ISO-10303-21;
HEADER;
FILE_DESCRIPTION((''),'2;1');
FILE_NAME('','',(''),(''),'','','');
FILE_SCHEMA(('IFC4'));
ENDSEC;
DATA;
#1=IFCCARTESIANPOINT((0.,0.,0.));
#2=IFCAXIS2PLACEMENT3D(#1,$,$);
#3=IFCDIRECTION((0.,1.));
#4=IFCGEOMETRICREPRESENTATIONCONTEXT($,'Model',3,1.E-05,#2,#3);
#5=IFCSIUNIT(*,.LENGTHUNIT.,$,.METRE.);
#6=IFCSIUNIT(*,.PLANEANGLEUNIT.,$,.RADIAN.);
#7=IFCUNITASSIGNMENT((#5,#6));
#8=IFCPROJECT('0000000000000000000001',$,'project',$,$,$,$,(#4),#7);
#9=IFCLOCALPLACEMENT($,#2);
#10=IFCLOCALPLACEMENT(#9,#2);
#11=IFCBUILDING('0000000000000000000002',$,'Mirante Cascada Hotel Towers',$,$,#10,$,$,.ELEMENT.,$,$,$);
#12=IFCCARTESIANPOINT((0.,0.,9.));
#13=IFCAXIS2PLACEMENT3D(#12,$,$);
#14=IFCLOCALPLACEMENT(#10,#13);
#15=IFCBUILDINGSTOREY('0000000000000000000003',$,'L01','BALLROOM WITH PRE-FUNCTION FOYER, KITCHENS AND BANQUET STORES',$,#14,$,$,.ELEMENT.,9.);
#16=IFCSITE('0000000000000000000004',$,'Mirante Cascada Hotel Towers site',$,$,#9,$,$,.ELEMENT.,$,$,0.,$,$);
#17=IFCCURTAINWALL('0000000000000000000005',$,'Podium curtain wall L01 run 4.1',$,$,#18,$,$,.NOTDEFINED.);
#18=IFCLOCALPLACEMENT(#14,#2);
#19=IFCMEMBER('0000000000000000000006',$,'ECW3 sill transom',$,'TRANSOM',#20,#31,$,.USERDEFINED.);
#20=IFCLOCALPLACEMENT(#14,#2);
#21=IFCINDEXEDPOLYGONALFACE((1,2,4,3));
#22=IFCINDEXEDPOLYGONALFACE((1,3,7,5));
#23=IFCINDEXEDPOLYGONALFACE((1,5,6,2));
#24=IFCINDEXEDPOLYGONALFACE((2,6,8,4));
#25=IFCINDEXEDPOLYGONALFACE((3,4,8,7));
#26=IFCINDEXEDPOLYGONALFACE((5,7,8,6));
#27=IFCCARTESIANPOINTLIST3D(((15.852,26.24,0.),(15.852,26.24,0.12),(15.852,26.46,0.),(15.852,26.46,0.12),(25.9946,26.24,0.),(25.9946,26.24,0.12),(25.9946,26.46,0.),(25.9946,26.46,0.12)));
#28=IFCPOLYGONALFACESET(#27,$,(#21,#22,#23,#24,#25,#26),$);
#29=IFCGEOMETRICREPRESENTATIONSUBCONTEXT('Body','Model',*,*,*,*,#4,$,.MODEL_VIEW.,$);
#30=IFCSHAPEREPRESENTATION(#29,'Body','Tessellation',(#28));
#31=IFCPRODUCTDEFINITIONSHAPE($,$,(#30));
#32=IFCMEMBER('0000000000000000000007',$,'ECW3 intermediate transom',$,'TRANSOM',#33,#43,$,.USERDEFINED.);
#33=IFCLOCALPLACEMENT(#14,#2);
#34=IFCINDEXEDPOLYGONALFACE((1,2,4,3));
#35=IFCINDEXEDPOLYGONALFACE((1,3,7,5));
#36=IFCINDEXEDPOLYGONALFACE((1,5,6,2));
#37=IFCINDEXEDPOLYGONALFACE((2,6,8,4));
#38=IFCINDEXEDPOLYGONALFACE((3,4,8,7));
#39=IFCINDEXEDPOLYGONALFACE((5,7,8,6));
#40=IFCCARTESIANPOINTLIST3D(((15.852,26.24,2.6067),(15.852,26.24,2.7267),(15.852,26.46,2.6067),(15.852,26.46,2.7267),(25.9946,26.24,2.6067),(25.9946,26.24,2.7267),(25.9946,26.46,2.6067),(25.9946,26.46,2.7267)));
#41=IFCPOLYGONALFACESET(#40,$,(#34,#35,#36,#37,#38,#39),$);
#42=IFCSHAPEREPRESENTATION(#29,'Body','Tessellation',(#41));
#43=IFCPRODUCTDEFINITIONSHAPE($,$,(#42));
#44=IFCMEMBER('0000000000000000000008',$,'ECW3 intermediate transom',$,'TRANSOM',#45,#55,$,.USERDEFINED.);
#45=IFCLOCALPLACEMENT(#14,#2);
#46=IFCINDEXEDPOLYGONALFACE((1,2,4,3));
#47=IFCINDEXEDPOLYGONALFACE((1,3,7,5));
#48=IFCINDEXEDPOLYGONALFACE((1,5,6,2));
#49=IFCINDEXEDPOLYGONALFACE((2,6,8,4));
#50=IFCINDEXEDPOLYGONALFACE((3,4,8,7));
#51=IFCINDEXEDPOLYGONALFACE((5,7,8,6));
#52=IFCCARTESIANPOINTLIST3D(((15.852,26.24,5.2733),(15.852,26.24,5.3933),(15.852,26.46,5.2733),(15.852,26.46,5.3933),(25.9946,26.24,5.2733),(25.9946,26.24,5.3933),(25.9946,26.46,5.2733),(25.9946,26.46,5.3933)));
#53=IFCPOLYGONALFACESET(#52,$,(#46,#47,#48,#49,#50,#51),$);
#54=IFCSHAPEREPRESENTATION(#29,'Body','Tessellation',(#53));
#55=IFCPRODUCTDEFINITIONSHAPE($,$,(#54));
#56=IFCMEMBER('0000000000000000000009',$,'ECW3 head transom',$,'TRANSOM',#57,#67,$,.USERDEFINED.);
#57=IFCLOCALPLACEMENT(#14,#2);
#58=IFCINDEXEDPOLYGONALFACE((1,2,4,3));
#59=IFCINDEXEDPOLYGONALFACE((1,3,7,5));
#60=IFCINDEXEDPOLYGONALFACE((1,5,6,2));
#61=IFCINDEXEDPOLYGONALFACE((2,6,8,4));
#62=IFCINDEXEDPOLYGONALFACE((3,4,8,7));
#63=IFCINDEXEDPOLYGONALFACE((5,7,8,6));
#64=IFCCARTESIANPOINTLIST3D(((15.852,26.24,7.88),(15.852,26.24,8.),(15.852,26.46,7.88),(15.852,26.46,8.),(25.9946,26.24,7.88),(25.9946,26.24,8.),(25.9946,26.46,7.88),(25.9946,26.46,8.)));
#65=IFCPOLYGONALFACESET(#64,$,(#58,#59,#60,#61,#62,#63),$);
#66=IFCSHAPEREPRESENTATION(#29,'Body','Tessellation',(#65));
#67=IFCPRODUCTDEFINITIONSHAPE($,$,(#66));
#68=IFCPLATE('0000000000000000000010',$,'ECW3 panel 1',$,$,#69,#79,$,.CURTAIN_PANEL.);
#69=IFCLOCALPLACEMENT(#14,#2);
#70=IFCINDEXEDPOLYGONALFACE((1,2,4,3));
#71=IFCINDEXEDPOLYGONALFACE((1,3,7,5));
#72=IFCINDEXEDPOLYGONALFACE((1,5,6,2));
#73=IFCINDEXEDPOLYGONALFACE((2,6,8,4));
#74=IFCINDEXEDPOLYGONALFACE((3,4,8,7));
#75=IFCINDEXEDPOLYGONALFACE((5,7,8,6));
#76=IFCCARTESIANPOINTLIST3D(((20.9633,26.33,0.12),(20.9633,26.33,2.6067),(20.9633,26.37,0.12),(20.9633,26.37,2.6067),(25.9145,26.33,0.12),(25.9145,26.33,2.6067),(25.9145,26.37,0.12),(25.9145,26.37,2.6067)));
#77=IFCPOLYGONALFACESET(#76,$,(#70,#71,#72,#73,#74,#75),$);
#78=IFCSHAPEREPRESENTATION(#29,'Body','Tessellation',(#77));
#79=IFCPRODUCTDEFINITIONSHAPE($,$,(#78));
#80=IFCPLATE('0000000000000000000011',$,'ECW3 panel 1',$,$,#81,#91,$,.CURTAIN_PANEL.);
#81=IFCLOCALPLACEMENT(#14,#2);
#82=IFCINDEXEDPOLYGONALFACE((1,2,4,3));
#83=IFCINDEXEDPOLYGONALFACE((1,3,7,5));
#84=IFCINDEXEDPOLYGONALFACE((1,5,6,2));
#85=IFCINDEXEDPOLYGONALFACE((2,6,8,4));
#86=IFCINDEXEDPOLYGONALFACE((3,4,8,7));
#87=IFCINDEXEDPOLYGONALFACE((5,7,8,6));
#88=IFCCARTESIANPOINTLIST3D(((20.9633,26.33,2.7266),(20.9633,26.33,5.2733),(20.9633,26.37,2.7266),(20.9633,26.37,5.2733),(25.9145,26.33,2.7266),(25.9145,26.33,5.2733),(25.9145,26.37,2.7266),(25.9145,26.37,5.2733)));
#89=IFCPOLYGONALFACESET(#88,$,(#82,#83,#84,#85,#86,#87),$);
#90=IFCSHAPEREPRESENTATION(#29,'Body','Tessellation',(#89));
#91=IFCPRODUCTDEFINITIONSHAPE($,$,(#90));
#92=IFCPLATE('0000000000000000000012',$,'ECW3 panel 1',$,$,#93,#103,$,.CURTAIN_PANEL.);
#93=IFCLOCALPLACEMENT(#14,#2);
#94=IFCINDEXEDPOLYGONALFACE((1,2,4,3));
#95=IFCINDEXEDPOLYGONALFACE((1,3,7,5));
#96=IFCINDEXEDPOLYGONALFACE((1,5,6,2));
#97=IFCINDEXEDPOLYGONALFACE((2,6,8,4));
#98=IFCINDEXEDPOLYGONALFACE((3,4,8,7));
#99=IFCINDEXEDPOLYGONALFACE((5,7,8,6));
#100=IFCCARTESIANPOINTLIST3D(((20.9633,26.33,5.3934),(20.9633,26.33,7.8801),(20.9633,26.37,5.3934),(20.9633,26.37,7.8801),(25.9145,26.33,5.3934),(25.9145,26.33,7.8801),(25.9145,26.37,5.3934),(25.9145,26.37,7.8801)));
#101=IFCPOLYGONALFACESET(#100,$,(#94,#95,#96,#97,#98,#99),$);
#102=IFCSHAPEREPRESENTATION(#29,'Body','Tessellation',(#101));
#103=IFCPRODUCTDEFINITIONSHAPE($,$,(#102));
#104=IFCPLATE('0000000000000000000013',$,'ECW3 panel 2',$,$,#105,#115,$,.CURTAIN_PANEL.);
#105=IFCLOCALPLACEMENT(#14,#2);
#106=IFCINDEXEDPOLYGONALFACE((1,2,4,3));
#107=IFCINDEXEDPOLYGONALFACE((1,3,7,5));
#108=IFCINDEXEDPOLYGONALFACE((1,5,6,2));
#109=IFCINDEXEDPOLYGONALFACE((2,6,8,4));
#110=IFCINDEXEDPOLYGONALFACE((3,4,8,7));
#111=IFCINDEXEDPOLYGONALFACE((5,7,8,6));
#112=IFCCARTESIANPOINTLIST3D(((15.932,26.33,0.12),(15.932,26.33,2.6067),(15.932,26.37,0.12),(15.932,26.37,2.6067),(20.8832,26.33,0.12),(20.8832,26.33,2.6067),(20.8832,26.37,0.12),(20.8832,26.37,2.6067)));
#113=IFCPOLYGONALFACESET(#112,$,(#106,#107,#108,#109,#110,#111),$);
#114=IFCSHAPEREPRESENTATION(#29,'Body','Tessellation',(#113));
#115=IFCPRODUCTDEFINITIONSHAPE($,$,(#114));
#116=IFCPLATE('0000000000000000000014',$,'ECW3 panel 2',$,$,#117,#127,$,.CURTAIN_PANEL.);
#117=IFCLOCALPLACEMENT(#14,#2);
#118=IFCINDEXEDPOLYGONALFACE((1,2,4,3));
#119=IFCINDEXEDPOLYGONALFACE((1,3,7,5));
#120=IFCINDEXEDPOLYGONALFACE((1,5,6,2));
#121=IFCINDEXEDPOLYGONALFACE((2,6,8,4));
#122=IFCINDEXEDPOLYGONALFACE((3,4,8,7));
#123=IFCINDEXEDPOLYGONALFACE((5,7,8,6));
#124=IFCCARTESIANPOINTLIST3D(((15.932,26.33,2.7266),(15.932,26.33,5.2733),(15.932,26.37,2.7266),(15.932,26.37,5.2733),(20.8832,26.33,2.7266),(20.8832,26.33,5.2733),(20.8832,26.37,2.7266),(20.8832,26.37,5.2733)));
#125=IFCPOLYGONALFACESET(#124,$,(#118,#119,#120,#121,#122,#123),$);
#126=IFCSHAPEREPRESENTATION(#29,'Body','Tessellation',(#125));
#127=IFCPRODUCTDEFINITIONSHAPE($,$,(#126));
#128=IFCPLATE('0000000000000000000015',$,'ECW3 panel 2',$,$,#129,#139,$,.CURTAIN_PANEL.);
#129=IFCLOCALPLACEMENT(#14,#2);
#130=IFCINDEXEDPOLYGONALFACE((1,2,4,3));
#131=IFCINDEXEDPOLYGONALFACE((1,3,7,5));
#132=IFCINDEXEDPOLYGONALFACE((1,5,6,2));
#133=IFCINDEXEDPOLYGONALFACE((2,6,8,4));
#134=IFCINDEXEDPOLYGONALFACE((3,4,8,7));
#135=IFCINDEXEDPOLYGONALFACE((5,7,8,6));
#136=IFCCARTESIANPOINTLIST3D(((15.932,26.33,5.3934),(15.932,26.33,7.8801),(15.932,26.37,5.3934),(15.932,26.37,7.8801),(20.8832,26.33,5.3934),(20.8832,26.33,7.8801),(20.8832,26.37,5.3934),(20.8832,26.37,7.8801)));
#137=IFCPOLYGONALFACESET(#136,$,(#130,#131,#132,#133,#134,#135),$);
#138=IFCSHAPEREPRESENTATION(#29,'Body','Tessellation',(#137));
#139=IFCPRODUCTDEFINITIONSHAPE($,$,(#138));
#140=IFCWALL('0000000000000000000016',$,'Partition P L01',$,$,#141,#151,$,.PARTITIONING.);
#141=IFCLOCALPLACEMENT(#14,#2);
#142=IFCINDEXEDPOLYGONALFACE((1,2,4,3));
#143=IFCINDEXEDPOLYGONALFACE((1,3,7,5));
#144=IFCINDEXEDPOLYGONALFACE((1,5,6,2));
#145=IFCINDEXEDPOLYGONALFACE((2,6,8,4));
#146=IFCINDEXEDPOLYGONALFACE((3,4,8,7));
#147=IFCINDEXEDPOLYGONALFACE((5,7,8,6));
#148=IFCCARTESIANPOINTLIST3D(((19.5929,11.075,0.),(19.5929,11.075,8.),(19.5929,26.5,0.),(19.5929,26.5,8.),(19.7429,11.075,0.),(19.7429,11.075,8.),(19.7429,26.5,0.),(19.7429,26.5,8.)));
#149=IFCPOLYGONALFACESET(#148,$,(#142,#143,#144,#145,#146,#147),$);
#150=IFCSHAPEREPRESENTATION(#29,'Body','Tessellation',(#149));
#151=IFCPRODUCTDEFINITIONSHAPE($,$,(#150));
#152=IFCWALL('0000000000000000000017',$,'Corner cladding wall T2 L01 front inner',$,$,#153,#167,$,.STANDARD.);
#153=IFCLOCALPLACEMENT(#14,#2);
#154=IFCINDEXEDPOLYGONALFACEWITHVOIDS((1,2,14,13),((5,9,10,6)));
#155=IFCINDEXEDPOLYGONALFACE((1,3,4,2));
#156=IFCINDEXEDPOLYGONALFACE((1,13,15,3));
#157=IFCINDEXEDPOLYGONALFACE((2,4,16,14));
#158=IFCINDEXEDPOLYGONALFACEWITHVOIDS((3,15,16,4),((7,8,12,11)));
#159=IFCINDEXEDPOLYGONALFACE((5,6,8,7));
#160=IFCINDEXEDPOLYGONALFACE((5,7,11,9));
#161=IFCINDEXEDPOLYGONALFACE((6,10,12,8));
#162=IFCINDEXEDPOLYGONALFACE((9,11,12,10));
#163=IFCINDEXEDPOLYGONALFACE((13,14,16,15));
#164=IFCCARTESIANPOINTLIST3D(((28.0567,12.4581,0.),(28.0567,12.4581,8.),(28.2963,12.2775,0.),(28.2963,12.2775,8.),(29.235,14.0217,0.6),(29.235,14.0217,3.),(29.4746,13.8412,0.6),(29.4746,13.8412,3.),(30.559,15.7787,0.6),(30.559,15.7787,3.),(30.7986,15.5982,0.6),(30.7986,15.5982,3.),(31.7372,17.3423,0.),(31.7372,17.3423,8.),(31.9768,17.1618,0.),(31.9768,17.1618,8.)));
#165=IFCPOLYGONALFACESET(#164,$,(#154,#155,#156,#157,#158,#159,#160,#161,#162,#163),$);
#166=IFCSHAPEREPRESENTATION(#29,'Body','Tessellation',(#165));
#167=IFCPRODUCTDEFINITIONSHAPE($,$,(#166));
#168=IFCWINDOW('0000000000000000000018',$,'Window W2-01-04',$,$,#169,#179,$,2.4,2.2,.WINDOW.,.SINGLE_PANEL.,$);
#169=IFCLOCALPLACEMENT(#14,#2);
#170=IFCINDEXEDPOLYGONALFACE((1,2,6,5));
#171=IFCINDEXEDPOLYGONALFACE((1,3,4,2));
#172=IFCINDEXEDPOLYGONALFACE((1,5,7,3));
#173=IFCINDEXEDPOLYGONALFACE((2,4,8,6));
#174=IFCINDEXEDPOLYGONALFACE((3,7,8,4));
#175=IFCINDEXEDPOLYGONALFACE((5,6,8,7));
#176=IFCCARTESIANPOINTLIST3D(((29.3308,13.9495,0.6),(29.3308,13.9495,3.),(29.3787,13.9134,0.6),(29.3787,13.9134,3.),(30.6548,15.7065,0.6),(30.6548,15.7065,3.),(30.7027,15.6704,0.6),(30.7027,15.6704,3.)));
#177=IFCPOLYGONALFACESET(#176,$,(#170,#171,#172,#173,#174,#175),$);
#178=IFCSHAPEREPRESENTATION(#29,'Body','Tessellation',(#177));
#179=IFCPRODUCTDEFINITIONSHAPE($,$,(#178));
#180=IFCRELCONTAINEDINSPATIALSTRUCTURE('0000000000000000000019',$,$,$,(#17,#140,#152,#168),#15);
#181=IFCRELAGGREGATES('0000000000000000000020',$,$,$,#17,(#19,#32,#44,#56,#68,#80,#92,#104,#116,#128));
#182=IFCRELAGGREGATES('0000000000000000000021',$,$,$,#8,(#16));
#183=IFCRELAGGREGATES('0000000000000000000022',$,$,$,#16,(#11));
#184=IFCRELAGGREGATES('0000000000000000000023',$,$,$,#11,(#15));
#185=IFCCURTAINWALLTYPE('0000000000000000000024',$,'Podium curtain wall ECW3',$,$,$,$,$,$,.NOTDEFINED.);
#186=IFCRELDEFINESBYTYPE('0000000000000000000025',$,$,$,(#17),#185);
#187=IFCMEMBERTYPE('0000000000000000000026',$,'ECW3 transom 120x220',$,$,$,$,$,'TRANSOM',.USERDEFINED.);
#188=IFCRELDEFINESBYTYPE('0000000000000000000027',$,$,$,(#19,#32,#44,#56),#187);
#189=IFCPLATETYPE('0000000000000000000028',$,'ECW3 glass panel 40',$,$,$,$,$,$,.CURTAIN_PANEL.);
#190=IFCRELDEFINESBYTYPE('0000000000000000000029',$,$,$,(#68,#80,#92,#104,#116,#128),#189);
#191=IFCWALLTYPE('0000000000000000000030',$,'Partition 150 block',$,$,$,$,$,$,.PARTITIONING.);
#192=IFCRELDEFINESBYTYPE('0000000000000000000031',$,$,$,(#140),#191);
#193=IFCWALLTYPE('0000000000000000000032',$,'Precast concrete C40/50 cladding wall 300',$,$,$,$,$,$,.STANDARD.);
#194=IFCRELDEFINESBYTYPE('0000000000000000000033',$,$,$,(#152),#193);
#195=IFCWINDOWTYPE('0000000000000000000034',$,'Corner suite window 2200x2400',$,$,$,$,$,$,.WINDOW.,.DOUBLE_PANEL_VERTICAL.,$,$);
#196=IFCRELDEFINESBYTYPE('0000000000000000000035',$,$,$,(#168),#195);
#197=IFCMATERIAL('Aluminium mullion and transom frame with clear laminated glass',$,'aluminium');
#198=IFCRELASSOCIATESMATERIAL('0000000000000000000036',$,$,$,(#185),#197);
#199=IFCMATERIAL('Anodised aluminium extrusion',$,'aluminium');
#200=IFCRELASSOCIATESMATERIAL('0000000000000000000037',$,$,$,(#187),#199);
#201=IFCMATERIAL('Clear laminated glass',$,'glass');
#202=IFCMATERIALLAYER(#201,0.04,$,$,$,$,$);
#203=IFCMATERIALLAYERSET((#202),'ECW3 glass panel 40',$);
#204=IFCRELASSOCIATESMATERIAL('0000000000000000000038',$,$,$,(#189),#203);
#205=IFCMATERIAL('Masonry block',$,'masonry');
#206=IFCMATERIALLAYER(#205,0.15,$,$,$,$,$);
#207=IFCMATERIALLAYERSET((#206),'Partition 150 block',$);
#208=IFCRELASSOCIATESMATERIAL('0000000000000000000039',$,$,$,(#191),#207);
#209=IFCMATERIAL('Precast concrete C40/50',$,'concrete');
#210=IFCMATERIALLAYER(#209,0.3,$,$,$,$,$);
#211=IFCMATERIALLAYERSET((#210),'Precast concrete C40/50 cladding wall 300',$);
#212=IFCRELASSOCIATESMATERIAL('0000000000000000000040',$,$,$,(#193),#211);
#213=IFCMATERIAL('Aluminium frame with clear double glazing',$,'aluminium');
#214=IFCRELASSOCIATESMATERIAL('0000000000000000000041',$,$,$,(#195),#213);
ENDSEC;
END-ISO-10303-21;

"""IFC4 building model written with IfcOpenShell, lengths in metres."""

from ifc_helpers import new_model, si_unit, direction, frame, frame_2d, origin, origin_2d, place, context, subcontext, project, spatial, rectangle, extrude, material, layer, layer_set, material_profile, profile_set, type_object, element, fill, aggregate, save


model = new_model("IFC4")

# Units and contexts
model_context = context("Model", 3, precision=1e-05, world=origin(), true_north=direction((0.0, 1.0)))
body_context = subcontext(model_context, "Body", "Model", "MODEL_VIEW")
ifc_project = project(units=[si_unit("LENGTHUNIT", "METRE"), si_unit("PLANEANGLEUNIT", "RADIAN")], contexts=[model_context])

# Site, building, storey
site_placement = place(None, origin())
site = spatial("IfcSite", under=ifc_project, at=site_placement, Name="Mirante Cascada Hotel Towers site", CompositionType="ELEMENT", RefElevation=0.0)
building_placement = place(site_placement, origin())
building = spatial("IfcBuilding", under=site, at=building_placement, Name="Mirante Cascada Hotel Towers", CompositionType="ELEMENT")
storey_placement = place(building_placement, frame((0.0, 0.0, 9.0)))
storey = spatial("IfcBuildingStorey", under=building, at=storey_placement, Name="L01", Description="BALLROOM WITH PRE-FUNCTION FOYER, KITCHENS AND BANQUET STORES", CompositionType="ELEMENT", Elevation=9.0)

# Shared definitions
ifc_material_1 = material(Name="Aluminium mullion and transom frame with clear laminated glass", Category="aluminium")
curtain_wall_type = type_object("IfcCurtainWallType", Name="Podium curtain wall ECW3", PredefinedType="NOTDEFINED", material=ifc_material_1)

# Curtain wall, members, plates
curtain_wall_1_placement = place(storey_placement, origin())
curtain_wall_1 = element("IfcCurtainWall", 1, at=curtain_wall_1_placement, inside=storey, type_object=curtain_wall_type, Name="Podium curtain wall L01 run 4.1", PredefinedType="NOTDEFINED")
ifc_material_2 = material(Name="Anodised aluminium extrusion", Category="aluminium")
ifc_material_profile_1 = material_profile(ifc_material_2, rectangle(XDim=0.22, YDim=0.12, at=origin_2d()), Name="ECW3 TRANSOM 120x220")
ifc_profile_set_1 = profile_set([ifc_material_profile_1], Name="Anodised aluminium extrusion")
member_type_1 = type_object("IfcMemberType", Name="ECW3 transom 120x220", ElementType="TRANSOM", PredefinedType="USERDEFINED", material=ifc_profile_set_1)
member_1_placement = place(storey_placement, frame((25.9946, 26.35, 0.06), z_axis=(-1.0, 0.0, 0.0), x_axis=(0.0, -1.0, 0.0)))
member_1 = element("IfcMember", 2, at=member_1_placement, type_object=member_type_1, Name="ECW3 sill transom", ObjectType="TRANSOM", PredefinedType="USERDEFINED", context=body_context, shape_type="SweptSolid", body=[
    extrude(rectangle(XDim=0.22, YDim=0.12, at=origin_2d()), origin(), (0.0, 0.0, 1.0), 10.1426),
])
member_2_placement = place(storey_placement, frame((25.9946, 26.35, 2.6667), z_axis=(-1.0, 0.0, 0.0), x_axis=(0.0, -1.0, 0.0)))
member_2 = element("IfcMember", 3, at=member_2_placement, type_object=member_type_1, Name="ECW3 intermediate transom", ObjectType="TRANSOM", PredefinedType="USERDEFINED", context=body_context, shape_type="SweptSolid", body=[
    extrude(rectangle(XDim=0.22, YDim=0.12, at=origin_2d()), origin(), (0.0, 0.0, 1.0), 10.1426),
])
member_3_placement = place(storey_placement, frame((25.9946, 26.35, 5.3333), z_axis=(-1.0, 0.0, 0.0), x_axis=(0.0, -1.0, 0.0)))
member_3 = element("IfcMember", 4, at=member_3_placement, type_object=member_type_1, Name="ECW3 intermediate transom", ObjectType="TRANSOM", PredefinedType="USERDEFINED", context=body_context, shape_type="SweptSolid", body=[
    extrude(rectangle(XDim=0.22, YDim=0.12, at=origin_2d()), origin(), (0.0, 0.0, 1.0), 10.1426),
])
member_4_placement = place(storey_placement, frame((25.9946, 26.35, 7.94), z_axis=(-1.0, 0.0, 0.0), x_axis=(0.0, -1.0, 0.0)))
member_4 = element("IfcMember", 5, at=member_4_placement, type_object=member_type_1, Name="ECW3 head transom", ObjectType="TRANSOM", PredefinedType="USERDEFINED", context=body_context, shape_type="SweptSolid", body=[
    extrude(rectangle(XDim=0.22, YDim=0.12, at=origin_2d()), origin(), (0.0, 0.0, 1.0), 10.1426),
])
ifc_material_3 = material(Name="Clear laminated glass", Category="glass")
ifc_layer_1 = layer(ifc_material_3, 0.04)
ifc_layer_set_1 = layer_set([ifc_layer_1], Name="ECW3 glass panel 40")
plate_type = type_object("IfcPlateType", Name="ECW3 glass panel 40", PredefinedType="CURTAIN_PANEL", material=ifc_layer_set_1)
plate_1_placement = place(storey_placement, frame((23.4389, 26.35, 0.12), z_axis=(0.0, 0.0, 1.0), x_axis=(-1.0, 0.0, 0.0)))
plate_1 = element("IfcPlate", 6, at=plate_1_placement, type_object=plate_type, Name="ECW3 panel 1", PredefinedType="CURTAIN_PANEL", context=body_context, shape_type="SweptSolid", body=[
    extrude(rectangle(XDim=4.9513, YDim=0.04, at=origin_2d()), origin(), (0.0, 0.0, 1.0), 2.4867),
])
plate_2_placement = place(storey_placement, frame((23.4389, 26.35, 2.7266), z_axis=(0.0, 0.0, 1.0), x_axis=(-1.0, 0.0, 0.0)))
plate_2 = element("IfcPlate", 7, at=plate_2_placement, type_object=plate_type, Name="ECW3 panel 1", PredefinedType="CURTAIN_PANEL", context=body_context, shape_type="SweptSolid", body=[
    extrude(rectangle(XDim=4.9513, YDim=0.04, at=origin_2d()), origin(), (0.0, 0.0, 1.0), 2.5467),
])
plate_3_placement = place(storey_placement, frame((23.4389, 26.35, 5.3934), z_axis=(0.0, 0.0, 1.0), x_axis=(-1.0, 0.0, 0.0)))
plate_3 = element("IfcPlate", 8, at=plate_3_placement, type_object=plate_type, Name="ECW3 panel 1", PredefinedType="CURTAIN_PANEL", context=body_context, shape_type="SweptSolid", body=[
    extrude(rectangle(XDim=4.9513, YDim=0.04, at=origin_2d()), origin(), (0.0, 0.0, 1.0), 2.4867),
])
plate_4_placement = place(storey_placement, frame((18.4076, 26.35, 0.12), z_axis=(0.0, 0.0, 1.0), x_axis=(-1.0, 0.0, 0.0)))
plate_4 = element("IfcPlate", 9, at=plate_4_placement, type_object=plate_type, Name="ECW3 panel 2", PredefinedType="CURTAIN_PANEL", context=body_context, shape_type="SweptSolid", body=[
    extrude(rectangle(XDim=4.9513, YDim=0.04, at=origin_2d()), origin(), (0.0, 0.0, 1.0), 2.4867),
])
plate_5_placement = place(storey_placement, frame((18.4076, 26.35, 2.7266), z_axis=(0.0, 0.0, 1.0), x_axis=(-1.0, 0.0, 0.0)))
plate_5 = element("IfcPlate", 10, at=plate_5_placement, type_object=plate_type, Name="ECW3 panel 2", PredefinedType="CURTAIN_PANEL", context=body_context, shape_type="SweptSolid", body=[
    extrude(rectangle(XDim=4.9513, YDim=0.04, at=origin_2d()), origin(), (0.0, 0.0, 1.0), 2.5467),
])
plate_6_placement = place(storey_placement, frame((18.4076, 26.35, 5.3934), z_axis=(0.0, 0.0, 1.0), x_axis=(-1.0, 0.0, 0.0)))
plate_6 = element("IfcPlate", 11, at=plate_6_placement, type_object=plate_type, Name="ECW3 panel 2", PredefinedType="CURTAIN_PANEL", context=body_context, shape_type="SweptSolid", body=[
    extrude(rectangle(XDim=4.9513, YDim=0.04, at=origin_2d()), origin(), (0.0, 0.0, 1.0), 2.4867),
])
aggregate(curtain_wall_1, [member_1, member_2, member_3, member_4, plate_1, plate_2, plate_3, plate_4, plate_5, plate_6])

# Wall
ifc_material_4 = material(Name="Masonry block", Category="masonry")
ifc_layer_2 = layer(ifc_material_4, 0.15)
ifc_layer_set_2 = layer_set([ifc_layer_2], Name="Partition 150 block")
wall_type_1 = type_object("IfcWallType", Name="Partition 150 block", PredefinedType="PARTITIONING", material=ifc_layer_set_2)
wall_1_placement = place(storey_placement, frame((19.6679, 11.075, 0.0), z_axis=(0.0, 0.0, 1.0), x_axis=(0.0, 1.0, 0.0)))
element("IfcWall", 12, at=wall_1_placement, inside=storey, type_object=wall_type_1, Name="Partition P L01", PredefinedType="PARTITIONING", context=body_context, shape_type="SweptSolid", body=[
    extrude(rectangle(XDim=15.425, YDim=0.15, at=frame_2d((7.7125, 0.0))), origin(), (0.0, 0.0, 1.0), 8.0),
])

# Wall, opening, window
ifc_material_5 = material(Name="Precast concrete C40/50", Category="concrete")
ifc_layer_3 = layer(ifc_material_5, 0.3)
ifc_layer_set_3 = layer_set([ifc_layer_3], Name="Precast concrete C40/50 cladding wall 300")
wall_type_2 = type_object("IfcWallType", Name="Precast concrete C40/50 cladding wall 300", PredefinedType="STANDARD", material=ifc_layer_set_3)
wall_2_placement = place(storey_placement, frame((31.857, 17.252, 0.0), z_axis=(0.0, 0.0, 1.0), x_axis=(-0.601814, -0.798636, 0.0)))
wall_2 = element("IfcWall", 13, at=wall_2_placement, inside=storey, type_object=wall_type_2, Name="Corner cladding wall T2 L01 front inner", PredefinedType="STANDARD", context=body_context, shape_type="SweptSolid", body=[
    extrude(rectangle(XDim=6.1157, YDim=0.3, at=frame_2d((3.0578, 0.0))), origin(), (0.0, 0.0, 1.0), 8.0),
])
opening_1_placement = place(wall_2_placement, frame((1.9578, 0.0, 0.6)))
opening_1 = element("IfcOpeningElement", 14, at=opening_1_placement, cuts=wall_2, PredefinedType="OPENING", context=body_context, shape_type="SweptSolid", body=[
    extrude(rectangle(XDim=2.2, YDim=2.4, at=frame_2d((1.1, 1.2))), frame((0.0, 0.15, 0.0), z_axis=(0.0, -1.0, 0.0), x_axis=(1.0, 0.0, 0.0)), (0.0, 0.0, 1.0), 0.3),
])
ifc_material_6 = material(Name="Aluminium frame with clear double glazing", Category="aluminium")
window_type_1 = type_object("IfcWindowType", Name="Corner suite window 2200x2400", PartitioningType="DOUBLE_PANEL_VERTICAL", PredefinedType="WINDOW", material=ifc_material_6)
window_1_placement = place(opening_1_placement, origin())
window_1 = element("IfcWindow", 15, at=window_1_placement, inside=storey, type_object=window_type_1, Name="Window W2-01-04", OverallHeight=2.4, OverallWidth=2.2, PartitioningType="SINGLE_PANEL", PredefinedType="WINDOW", context=body_context, shape_type="SweptSolid", body=[
    extrude(rectangle(XDim=2.2, YDim=2.4, at=frame_2d((1.1, 1.2))), frame((0.0, 0.03, 0.0), z_axis=(0.0, -1.0, 0.0), x_axis=(1.0, 0.0, 0.0)), (0.0, 0.0, 1.0), 0.06),
])
fill(opening_1, window_1)

save(model, "model.ifc")
